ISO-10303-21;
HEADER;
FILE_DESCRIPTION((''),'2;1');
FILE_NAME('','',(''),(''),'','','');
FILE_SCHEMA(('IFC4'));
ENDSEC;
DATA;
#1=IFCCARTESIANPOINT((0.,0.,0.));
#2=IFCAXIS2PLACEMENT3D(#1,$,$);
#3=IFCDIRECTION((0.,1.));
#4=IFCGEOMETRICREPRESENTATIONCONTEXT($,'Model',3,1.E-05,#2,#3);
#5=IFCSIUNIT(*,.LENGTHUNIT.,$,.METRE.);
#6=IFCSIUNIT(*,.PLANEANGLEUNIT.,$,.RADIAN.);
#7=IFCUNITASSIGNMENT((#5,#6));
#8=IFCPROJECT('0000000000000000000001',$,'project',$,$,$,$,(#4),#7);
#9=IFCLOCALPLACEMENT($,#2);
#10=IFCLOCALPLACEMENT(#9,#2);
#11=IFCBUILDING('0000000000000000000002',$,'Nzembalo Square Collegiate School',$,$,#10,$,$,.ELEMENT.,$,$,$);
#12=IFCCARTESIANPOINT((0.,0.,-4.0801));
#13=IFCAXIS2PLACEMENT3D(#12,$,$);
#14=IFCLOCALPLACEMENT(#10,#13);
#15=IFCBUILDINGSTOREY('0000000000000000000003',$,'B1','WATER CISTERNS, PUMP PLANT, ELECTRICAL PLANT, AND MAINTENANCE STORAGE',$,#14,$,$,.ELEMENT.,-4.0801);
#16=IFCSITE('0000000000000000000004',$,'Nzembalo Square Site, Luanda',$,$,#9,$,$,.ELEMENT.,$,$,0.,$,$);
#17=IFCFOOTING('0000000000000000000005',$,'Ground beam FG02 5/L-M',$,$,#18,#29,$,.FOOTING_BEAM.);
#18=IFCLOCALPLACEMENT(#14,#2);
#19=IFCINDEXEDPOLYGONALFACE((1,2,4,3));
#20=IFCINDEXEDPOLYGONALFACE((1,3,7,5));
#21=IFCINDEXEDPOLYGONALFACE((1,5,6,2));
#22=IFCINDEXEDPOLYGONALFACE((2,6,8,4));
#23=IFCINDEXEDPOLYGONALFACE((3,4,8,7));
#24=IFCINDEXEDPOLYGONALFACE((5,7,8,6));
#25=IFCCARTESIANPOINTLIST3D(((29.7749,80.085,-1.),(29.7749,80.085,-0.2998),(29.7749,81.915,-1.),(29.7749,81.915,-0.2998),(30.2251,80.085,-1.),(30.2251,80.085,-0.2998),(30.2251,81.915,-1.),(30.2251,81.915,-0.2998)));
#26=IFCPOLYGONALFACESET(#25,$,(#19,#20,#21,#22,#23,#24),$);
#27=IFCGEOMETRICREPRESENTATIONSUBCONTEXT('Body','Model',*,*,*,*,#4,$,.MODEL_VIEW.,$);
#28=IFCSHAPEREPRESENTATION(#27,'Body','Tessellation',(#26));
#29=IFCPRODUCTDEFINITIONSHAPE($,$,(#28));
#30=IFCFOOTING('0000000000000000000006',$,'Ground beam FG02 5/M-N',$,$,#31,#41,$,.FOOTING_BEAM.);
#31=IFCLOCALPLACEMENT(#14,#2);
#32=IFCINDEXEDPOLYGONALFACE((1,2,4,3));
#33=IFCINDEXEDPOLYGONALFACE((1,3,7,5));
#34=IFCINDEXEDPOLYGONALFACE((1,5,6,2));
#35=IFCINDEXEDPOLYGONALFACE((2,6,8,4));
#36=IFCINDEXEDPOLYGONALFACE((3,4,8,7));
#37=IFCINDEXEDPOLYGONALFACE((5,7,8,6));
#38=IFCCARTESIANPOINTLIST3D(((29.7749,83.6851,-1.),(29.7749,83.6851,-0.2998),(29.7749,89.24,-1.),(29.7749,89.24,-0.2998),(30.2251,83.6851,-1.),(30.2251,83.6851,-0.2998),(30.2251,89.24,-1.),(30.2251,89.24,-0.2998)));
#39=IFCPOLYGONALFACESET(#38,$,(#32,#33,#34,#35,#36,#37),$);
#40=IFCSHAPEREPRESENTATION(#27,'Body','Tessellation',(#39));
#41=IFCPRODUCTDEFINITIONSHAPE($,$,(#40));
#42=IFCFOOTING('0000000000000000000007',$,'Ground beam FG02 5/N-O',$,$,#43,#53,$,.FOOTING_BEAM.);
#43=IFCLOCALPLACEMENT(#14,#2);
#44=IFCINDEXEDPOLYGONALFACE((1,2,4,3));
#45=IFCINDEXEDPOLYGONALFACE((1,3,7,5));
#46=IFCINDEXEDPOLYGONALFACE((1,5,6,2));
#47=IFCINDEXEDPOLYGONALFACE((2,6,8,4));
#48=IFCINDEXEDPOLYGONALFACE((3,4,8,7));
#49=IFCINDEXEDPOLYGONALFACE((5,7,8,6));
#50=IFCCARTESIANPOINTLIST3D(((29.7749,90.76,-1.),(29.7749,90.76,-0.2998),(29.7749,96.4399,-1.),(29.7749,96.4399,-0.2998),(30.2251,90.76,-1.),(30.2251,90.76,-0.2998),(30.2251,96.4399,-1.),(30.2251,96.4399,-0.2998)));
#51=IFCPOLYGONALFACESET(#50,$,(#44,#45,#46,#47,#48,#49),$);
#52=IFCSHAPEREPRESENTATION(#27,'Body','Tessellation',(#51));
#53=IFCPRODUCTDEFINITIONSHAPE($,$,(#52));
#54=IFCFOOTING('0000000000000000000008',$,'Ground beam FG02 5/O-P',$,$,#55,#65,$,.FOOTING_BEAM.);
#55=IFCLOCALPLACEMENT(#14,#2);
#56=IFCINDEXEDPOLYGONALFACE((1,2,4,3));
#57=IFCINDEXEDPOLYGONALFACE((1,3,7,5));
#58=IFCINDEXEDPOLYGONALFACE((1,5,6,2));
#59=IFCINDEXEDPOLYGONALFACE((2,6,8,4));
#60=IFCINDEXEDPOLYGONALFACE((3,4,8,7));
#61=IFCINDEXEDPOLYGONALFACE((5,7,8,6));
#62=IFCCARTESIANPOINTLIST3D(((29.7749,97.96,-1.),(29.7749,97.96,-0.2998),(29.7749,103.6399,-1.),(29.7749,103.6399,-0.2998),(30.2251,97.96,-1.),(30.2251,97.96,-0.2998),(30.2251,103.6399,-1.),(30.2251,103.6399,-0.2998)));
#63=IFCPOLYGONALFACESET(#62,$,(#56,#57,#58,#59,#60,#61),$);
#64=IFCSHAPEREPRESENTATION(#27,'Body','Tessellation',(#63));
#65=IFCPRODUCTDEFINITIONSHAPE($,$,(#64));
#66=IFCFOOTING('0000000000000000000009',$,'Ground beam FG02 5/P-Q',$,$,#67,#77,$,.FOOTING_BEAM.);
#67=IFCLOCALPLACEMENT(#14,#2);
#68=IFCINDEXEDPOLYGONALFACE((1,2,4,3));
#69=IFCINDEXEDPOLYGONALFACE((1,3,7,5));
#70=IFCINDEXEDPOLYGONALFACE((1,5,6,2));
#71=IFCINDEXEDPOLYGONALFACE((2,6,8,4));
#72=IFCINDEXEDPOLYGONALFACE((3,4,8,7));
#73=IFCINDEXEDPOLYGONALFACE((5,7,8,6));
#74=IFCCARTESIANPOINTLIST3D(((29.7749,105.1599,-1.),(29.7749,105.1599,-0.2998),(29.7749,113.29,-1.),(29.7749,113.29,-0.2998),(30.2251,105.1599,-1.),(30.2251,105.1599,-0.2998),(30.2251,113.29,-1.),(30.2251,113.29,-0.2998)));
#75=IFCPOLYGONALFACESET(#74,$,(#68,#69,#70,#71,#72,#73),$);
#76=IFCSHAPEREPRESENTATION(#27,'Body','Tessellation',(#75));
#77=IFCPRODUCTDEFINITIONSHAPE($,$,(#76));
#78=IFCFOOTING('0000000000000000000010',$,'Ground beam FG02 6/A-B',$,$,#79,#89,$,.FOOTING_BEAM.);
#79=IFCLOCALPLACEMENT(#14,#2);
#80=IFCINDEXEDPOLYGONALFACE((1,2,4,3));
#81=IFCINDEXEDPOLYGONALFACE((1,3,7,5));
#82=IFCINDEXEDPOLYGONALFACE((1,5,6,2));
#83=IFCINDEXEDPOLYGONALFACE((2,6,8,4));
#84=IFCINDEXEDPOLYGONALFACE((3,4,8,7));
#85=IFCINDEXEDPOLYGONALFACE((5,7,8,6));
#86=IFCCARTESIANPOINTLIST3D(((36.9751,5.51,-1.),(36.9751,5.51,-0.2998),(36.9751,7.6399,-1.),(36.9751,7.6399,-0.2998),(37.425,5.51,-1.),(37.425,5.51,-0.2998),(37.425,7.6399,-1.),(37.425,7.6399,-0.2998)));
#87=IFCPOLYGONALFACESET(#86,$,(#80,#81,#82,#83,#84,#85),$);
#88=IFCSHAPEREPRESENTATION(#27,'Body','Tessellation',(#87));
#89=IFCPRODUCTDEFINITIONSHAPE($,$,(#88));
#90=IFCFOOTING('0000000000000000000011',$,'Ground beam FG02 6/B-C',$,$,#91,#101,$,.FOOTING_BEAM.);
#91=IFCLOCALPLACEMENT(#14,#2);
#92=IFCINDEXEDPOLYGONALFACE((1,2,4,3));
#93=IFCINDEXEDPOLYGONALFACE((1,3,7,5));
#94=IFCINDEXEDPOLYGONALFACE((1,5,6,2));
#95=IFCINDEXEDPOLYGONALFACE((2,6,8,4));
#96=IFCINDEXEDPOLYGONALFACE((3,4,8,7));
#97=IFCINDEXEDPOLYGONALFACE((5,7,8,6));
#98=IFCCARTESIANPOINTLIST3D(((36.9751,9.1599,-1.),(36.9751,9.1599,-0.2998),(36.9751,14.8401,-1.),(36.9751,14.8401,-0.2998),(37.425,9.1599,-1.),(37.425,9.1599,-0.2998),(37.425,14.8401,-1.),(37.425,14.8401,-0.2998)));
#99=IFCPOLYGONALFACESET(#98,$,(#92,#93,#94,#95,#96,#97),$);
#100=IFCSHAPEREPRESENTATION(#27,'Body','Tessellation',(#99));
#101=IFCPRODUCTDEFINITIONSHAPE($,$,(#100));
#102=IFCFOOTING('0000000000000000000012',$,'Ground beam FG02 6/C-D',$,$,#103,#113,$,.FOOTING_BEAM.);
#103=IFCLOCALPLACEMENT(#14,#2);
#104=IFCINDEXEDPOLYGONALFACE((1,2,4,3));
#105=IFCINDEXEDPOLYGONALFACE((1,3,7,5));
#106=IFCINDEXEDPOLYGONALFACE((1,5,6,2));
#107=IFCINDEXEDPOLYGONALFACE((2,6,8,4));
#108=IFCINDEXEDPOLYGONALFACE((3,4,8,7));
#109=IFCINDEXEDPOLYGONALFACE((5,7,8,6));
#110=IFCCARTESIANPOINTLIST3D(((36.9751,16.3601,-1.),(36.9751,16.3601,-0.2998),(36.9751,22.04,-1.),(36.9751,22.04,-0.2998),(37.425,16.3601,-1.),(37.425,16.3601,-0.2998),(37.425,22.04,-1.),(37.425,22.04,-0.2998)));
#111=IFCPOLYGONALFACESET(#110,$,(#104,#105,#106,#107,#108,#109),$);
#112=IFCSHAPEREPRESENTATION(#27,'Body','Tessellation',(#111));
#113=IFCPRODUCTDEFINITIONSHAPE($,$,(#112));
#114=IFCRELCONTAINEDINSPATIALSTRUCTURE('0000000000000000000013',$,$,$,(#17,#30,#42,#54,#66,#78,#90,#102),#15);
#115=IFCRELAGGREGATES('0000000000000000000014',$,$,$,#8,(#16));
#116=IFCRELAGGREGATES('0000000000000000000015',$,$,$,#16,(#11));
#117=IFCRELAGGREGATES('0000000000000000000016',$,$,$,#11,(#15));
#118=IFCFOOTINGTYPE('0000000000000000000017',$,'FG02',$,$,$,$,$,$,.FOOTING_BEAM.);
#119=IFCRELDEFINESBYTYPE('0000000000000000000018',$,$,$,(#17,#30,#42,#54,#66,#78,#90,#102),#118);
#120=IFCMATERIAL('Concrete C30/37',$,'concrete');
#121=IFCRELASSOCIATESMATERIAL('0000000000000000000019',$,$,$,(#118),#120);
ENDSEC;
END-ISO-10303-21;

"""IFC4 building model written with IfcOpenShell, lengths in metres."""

from ifc_helpers import new_model, si_unit, direction, frame, origin, place, context, subcontext, project, spatial, polyline, outline, extrude, material, type_object, element, save


model = new_model("IFC4")

# Units and contexts
model_context = context("Model", 3, precision=1e-05, world=origin(), true_north=direction((0.0, 1.0)))
body_context = subcontext(model_context, "Body", "Model", "MODEL_VIEW")
ifc_project = project(units=[si_unit("LENGTHUNIT", "METRE"), si_unit("PLANEANGLEUNIT", "RADIAN")], contexts=[model_context])

# Site, building, storey
site_placement = place(None, origin())
site = spatial("IfcSite", under=ifc_project, at=site_placement, Name="Nzembalo Square Site, Luanda", CompositionType="ELEMENT", RefElevation=0.0)
building_placement = place(site_placement, origin())
building = spatial("IfcBuilding", under=site, at=building_placement, Name="Nzembalo Square Collegiate School", CompositionType="ELEMENT")
storey_placement = place(building_placement, frame((0.0, 0.0, -4.0801)))
storey = spatial("IfcBuildingStorey", under=building, at=storey_placement, Name="B1", Description="WATER CISTERNS, PUMP PLANT, ELECTRICAL PLANT, AND MAINTENANCE STORAGE", CompositionType="ELEMENT", Elevation=-4.0801)

# Footings
ifc_material = material(Name="Concrete C30/37", Category="concrete")
footing_type = type_object("IfcFootingType", Name="FG02", PredefinedType="FOOTING_BEAM", material=ifc_material)
footing_1_placement = place(storey_placement, frame((0.0, 0.0, -1.0)))
element("IfcFooting", 1, at=footing_1_placement, inside=storey, type_object=footing_type, Name="Ground beam FG02 5/L-M", PredefinedType="FOOTING_BEAM", context=body_context, shape_type="SweptSolid", body=[
    extrude(outline(polyline([(29.7749, 80.085), (30.2251, 80.085), (30.2251, 81.915), (29.7749, 81.915), (29.7749, 80.085)])), origin(), (0.0, 0.0, 1.0), 0.7002),
])
footing_2_placement = place(storey_placement, frame((0.0, 0.0, -1.0)))
element("IfcFooting", 2, at=footing_2_placement, inside=storey, type_object=footing_type, Name="Ground beam FG02 5/M-N", PredefinedType="FOOTING_BEAM", context=body_context, shape_type="SweptSolid", body=[
    extrude(outline(polyline([(29.7749, 83.6851), (30.2251, 83.6851), (30.2251, 89.24), (29.7749, 89.24), (29.7749, 83.6851)])), origin(), (0.0, 0.0, 1.0), 0.7002),
])
footing_3_placement = place(storey_placement, frame((0.0, 0.0, -1.0)))
element("IfcFooting", 3, at=footing_3_placement, inside=storey, type_object=footing_type, Name="Ground beam FG02 5/N-O", PredefinedType="FOOTING_BEAM", context=body_context, shape_type="SweptSolid", body=[
    extrude(outline(polyline([(29.7749, 90.76), (30.2251, 90.76), (30.2251, 96.4399), (29.7749, 96.4399), (29.7749, 90.76)])), origin(), (0.0, 0.0, 1.0), 0.7002),
])
footing_4_placement = place(storey_placement, frame((0.0, 0.0, -1.0)))
element("IfcFooting", 4, at=footing_4_placement, inside=storey, type_object=footing_type, Name="Ground beam FG02 5/O-P", PredefinedType="FOOTING_BEAM", context=body_context, shape_type="SweptSolid", body=[
    extrude(outline(polyline([(29.7749, 97.96), (30.2251, 97.96), (30.2251, 103.6399), (29.7749, 103.6399), (29.7749, 97.96)])), origin(), (0.0, 0.0, 1.0), 0.7002),
])
footing_5_placement = place(storey_placement, frame((0.0, 0.0, -1.0)))
element("IfcFooting", 5, at=footing_5_placement, inside=storey, type_object=footing_type, Name="Ground beam FG02 5/P-Q", PredefinedType="FOOTING_BEAM", context=body_context, shape_type="SweptSolid", body=[
    extrude(outline(polyline([(29.7749, 105.1599), (30.2251, 105.1599), (30.2251, 113.29), (29.7749, 113.29), (29.7749, 105.1599)])), origin(), (0.0, 0.0, 1.0), 0.7002),
])
footing_6_placement = place(storey_placement, frame((0.0, 0.0, -1.0)))
element("IfcFooting", 6, at=footing_6_placement, inside=storey, type_object=footing_type, Name="Ground beam FG02 6/A-B", PredefinedType="FOOTING_BEAM", context=body_context, shape_type="SweptSolid", body=[
    extrude(outline(polyline([(36.9751, 5.51), (37.425, 5.51), (37.425, 7.6399), (36.9751, 7.6399), (36.9751, 5.51)])), origin(), (0.0, 0.0, 1.0), 0.7002),
])
footing_7_placement = place(storey_placement, frame((0.0, 0.0, -1.0)))
element("IfcFooting", 7, at=footing_7_placement, inside=storey, type_object=footing_type, Name="Ground beam FG02 6/B-C", PredefinedType="FOOTING_BEAM", context=body_context, shape_type="SweptSolid", body=[
    extrude(outline(polyline([(36.9751, 9.1599), (37.425, 9.1599), (37.425, 14.8401), (36.9751, 14.8401), (36.9751, 9.1599)])), origin(), (0.0, 0.0, 1.0), 0.7002),
])
footing_8_placement = place(storey_placement, frame((0.0, 0.0, -1.0)))
element("IfcFooting", 8, at=footing_8_placement, inside=storey, type_object=footing_type, Name="Ground beam FG02 6/C-D", PredefinedType="FOOTING_BEAM", context=body_context, shape_type="SweptSolid", body=[
    extrude(outline(polyline([(36.9751, 16.3601), (37.425, 16.3601), (37.425, 22.04), (36.9751, 22.04), (36.9751, 16.3601)])), origin(), (0.0, 0.0, 1.0), 0.7002),
])

save(model, "model.ifc")
